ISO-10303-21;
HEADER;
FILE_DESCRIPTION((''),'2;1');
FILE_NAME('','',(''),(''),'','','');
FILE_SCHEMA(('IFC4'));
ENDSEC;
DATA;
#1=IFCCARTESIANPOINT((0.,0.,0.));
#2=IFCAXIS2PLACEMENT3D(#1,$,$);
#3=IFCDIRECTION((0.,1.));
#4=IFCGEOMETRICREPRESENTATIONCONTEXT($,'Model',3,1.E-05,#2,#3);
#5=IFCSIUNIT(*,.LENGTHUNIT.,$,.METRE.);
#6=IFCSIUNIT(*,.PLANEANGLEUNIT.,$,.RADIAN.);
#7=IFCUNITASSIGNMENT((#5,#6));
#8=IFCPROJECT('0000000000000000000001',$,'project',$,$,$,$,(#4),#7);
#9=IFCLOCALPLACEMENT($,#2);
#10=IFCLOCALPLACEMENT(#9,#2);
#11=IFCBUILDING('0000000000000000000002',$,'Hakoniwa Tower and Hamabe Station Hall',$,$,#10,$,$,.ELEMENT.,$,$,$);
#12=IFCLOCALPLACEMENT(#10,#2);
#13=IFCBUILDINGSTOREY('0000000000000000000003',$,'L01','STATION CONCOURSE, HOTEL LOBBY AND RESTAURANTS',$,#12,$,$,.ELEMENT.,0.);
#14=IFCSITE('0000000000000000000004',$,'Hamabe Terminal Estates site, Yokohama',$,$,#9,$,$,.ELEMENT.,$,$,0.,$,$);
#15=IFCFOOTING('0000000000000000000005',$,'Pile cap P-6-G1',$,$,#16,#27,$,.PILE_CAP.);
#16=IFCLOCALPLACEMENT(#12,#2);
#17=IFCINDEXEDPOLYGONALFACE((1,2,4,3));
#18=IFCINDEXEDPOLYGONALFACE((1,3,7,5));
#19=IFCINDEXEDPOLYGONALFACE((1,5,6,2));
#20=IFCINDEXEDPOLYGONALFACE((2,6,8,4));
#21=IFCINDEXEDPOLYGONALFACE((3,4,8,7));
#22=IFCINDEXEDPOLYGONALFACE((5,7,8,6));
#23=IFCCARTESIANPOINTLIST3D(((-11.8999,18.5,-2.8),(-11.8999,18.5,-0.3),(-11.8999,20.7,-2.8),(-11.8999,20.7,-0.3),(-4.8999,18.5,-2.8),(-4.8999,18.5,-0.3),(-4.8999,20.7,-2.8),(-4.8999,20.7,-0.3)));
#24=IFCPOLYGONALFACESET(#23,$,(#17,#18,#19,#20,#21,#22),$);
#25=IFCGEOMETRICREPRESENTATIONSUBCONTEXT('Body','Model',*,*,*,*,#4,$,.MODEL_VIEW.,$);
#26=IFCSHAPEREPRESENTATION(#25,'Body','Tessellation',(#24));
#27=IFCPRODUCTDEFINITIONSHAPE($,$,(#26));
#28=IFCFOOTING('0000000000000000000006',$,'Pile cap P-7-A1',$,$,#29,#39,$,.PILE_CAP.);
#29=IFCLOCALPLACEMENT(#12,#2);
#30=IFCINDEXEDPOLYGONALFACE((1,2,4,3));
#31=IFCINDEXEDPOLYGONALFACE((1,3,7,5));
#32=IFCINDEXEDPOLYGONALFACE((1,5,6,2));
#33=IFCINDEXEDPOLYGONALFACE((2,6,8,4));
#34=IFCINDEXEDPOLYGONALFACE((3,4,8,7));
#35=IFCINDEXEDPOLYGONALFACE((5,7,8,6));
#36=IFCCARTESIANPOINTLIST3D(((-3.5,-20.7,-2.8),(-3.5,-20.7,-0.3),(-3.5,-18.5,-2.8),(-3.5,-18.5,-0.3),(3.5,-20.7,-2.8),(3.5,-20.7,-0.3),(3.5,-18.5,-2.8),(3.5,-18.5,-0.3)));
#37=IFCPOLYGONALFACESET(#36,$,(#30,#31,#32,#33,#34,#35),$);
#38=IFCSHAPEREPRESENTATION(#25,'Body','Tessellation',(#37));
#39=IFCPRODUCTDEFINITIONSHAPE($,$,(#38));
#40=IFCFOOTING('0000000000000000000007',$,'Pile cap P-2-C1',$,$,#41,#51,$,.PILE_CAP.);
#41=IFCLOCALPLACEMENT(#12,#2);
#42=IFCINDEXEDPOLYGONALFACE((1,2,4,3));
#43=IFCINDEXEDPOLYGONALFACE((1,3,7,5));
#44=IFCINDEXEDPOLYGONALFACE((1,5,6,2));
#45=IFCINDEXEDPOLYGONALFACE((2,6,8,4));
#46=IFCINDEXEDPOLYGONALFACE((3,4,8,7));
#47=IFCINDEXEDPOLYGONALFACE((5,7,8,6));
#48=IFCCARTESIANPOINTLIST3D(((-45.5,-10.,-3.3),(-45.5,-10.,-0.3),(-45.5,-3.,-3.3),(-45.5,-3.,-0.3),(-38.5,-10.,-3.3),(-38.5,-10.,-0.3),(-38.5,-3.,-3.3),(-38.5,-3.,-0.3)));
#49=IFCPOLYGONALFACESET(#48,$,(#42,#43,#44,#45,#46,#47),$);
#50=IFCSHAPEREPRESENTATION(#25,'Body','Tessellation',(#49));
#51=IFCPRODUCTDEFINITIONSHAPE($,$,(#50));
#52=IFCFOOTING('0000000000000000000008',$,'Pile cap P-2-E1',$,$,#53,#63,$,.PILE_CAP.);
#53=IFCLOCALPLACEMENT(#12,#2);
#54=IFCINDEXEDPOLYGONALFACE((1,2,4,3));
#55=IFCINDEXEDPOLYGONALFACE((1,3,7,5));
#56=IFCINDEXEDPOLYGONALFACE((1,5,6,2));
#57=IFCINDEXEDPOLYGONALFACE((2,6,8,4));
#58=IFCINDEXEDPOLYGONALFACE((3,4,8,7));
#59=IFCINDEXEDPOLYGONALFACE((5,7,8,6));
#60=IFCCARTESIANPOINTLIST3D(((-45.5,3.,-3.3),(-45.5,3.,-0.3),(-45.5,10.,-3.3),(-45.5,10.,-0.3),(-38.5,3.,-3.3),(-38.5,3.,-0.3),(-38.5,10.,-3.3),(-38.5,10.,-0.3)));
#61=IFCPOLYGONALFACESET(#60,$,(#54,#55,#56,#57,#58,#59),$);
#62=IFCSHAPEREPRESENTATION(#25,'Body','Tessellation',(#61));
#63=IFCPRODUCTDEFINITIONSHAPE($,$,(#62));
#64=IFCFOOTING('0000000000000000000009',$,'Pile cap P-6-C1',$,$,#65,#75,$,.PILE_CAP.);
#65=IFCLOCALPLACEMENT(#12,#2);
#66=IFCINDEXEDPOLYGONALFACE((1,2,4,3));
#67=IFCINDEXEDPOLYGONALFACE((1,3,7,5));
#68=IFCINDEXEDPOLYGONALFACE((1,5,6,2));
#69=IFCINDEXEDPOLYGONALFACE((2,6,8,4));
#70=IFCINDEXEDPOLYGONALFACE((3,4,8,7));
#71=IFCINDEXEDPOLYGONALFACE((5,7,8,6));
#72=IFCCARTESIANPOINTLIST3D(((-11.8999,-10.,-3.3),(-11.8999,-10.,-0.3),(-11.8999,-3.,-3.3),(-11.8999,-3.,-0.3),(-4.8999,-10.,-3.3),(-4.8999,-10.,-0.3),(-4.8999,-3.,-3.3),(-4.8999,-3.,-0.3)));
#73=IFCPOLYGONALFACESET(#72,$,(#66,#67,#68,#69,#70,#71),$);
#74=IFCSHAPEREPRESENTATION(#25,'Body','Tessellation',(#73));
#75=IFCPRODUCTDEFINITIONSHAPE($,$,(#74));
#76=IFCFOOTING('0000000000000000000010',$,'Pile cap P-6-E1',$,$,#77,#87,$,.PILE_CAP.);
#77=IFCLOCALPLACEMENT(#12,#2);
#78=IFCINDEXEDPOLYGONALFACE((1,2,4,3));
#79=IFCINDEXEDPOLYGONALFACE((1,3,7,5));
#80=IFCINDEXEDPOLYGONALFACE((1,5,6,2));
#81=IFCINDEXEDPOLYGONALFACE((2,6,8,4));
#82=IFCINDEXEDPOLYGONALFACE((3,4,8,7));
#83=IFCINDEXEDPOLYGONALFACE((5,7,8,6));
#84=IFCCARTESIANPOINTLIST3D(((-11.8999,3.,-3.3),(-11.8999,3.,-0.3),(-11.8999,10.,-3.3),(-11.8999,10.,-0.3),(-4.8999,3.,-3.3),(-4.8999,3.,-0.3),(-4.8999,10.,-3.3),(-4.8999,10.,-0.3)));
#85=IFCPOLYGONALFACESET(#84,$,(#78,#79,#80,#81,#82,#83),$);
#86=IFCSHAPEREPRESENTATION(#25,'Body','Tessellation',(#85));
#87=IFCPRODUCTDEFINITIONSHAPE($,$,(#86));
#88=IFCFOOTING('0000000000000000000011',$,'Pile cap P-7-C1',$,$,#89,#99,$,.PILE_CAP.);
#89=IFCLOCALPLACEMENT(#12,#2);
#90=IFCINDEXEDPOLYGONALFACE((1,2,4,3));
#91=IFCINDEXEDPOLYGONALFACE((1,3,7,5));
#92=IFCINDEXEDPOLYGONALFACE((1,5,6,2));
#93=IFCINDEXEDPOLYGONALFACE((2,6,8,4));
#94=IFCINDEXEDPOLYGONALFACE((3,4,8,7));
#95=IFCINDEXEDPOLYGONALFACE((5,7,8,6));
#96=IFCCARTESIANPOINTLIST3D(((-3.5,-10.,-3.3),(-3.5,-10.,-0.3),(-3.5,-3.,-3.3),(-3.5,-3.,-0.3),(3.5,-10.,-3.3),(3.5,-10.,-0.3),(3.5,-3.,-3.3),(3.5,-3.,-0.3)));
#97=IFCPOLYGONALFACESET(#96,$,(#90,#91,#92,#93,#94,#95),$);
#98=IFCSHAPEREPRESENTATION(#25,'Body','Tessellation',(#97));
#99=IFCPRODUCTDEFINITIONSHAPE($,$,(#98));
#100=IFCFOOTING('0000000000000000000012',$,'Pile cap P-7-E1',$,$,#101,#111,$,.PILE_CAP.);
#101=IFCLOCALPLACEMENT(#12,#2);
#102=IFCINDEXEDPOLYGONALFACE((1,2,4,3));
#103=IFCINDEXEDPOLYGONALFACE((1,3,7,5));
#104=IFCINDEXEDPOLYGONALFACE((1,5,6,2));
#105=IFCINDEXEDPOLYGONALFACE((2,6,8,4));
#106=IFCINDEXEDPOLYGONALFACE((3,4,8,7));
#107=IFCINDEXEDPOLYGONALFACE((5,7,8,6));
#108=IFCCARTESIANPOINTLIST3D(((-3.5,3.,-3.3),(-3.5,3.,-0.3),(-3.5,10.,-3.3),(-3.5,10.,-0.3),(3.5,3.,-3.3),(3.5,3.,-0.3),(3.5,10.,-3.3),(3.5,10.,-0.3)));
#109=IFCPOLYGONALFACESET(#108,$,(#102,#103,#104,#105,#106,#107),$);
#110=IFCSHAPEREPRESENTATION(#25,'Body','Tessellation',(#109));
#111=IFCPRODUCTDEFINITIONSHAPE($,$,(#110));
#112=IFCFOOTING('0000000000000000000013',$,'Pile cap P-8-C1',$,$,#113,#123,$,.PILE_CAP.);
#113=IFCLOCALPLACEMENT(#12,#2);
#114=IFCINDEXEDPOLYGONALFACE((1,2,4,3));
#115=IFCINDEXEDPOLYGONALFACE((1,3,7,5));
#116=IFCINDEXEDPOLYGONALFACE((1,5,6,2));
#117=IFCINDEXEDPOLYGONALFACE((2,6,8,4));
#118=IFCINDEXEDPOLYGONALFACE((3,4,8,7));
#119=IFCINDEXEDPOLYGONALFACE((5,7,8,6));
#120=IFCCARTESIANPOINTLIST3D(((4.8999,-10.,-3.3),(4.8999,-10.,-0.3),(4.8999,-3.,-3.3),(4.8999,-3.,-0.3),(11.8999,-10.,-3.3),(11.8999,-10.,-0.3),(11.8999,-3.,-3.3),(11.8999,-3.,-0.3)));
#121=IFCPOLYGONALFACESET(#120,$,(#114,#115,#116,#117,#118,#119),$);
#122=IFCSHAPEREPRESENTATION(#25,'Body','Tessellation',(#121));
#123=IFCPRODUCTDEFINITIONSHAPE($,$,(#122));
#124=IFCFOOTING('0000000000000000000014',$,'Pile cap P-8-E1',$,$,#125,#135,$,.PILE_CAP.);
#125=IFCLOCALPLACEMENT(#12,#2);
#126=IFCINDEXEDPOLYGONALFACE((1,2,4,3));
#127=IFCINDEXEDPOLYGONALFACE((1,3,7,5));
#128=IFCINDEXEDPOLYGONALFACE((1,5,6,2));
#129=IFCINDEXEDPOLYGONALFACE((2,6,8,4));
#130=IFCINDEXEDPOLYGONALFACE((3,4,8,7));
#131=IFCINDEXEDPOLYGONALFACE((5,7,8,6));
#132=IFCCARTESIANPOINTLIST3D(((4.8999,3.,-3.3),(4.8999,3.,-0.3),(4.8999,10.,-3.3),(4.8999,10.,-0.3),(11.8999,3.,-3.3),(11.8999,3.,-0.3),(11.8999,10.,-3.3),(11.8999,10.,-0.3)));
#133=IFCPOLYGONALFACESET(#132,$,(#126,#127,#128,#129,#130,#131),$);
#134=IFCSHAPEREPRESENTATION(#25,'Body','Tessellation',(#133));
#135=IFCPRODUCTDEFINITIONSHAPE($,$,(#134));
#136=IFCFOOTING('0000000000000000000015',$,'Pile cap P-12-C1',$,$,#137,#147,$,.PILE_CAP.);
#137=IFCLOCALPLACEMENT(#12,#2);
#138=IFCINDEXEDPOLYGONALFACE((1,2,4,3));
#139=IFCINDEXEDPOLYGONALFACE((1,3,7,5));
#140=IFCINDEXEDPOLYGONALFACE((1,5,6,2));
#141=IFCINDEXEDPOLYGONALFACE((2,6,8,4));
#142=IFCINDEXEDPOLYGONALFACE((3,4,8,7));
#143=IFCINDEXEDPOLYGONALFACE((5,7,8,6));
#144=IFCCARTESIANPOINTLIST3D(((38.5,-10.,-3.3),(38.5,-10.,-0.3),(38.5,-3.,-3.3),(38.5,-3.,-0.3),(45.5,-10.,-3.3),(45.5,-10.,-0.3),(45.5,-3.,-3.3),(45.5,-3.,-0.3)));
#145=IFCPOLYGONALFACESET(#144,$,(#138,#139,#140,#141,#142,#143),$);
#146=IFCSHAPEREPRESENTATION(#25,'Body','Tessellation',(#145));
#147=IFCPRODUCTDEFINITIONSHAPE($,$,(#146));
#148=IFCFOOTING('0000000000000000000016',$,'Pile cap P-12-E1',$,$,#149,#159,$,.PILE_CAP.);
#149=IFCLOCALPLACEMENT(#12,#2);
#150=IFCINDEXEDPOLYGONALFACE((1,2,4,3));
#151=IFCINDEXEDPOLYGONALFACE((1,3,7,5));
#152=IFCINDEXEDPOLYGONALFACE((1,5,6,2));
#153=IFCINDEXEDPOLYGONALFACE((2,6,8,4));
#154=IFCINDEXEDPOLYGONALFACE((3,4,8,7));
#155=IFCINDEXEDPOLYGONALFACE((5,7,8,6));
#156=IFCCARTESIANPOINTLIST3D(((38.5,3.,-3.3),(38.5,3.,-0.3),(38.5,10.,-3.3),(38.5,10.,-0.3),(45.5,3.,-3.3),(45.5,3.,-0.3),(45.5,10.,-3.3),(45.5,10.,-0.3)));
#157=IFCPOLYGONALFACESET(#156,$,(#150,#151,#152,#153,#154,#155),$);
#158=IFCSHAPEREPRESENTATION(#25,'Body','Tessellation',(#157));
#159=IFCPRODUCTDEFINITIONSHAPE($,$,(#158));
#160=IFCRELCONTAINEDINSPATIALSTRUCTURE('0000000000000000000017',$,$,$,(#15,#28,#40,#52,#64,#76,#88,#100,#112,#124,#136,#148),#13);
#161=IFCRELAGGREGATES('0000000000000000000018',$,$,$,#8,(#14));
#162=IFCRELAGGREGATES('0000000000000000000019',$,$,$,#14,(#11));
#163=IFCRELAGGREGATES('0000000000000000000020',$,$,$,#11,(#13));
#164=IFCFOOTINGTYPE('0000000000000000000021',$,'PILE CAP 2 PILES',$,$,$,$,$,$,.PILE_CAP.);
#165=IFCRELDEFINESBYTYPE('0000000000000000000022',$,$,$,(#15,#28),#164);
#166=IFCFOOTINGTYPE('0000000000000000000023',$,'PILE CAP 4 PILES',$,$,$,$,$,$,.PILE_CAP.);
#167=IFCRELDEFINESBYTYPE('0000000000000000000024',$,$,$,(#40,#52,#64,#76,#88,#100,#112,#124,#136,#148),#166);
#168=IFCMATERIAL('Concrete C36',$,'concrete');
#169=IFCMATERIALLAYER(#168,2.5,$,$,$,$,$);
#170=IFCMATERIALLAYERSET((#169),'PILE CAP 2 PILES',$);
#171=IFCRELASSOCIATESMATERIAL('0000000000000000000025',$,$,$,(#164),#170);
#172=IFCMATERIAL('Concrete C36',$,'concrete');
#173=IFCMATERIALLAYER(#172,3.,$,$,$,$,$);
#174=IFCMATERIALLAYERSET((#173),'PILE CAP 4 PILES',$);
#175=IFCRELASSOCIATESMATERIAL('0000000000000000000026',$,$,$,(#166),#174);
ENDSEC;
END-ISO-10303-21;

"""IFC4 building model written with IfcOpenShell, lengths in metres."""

from ifc_helpers import new_model, si_unit, direction, frame, origin, place, context, subcontext, project, spatial, polyline, outline, extrude, material, layer, layer_set, type_object, element, save


model = new_model("IFC4")

# Units and contexts
model_context = context("Model", 3, precision=1e-05, world=origin(), true_north=direction((0.0, 1.0)))
body_context = subcontext(model_context, "Body", "Model", "MODEL_VIEW")
ifc_project = project(units=[si_unit("LENGTHUNIT", "METRE"), si_unit("PLANEANGLEUNIT", "RADIAN")], contexts=[model_context])

# Site, building, storey
site_placement = place(None, origin())
site = spatial("IfcSite", under=ifc_project, at=site_placement, Name="Hamabe Terminal Estates site, Yokohama", CompositionType="ELEMENT", RefElevation=0.0)
building_placement = place(site_placement, origin())
building = spatial("IfcBuilding", under=site, at=building_placement, Name="Hakoniwa Tower and Hamabe Station Hall", CompositionType="ELEMENT")
storey_placement = place(building_placement, origin())
storey = spatial("IfcBuildingStorey", under=building, at=storey_placement, Name="L01", Description="STATION CONCOURSE, HOTEL LOBBY AND RESTAURANTS", CompositionType="ELEMENT", Elevation=0.0)

# Footings
ifc_material_1 = material(Name="Concrete C36", Category="concrete")
ifc_layer_1 = layer(ifc_material_1, 2.5)
ifc_layer_set_1 = layer_set([ifc_layer_1], Name="PILE CAP 2 PILES")
footing_type_1 = type_object("IfcFootingType", Name="PILE CAP 2 PILES", PredefinedType="PILE_CAP", material=ifc_layer_set_1)
footing_1_placement = place(storey_placement, frame((0.0, 0.0, -2.8)))
element("IfcFooting", 1, at=footing_1_placement, inside=storey, type_object=footing_type_1, Name="Pile cap P-6-G1", PredefinedType="PILE_CAP", context=body_context, shape_type="SweptSolid", body=[
    extrude(outline(polyline([(-4.8999, 18.5), (-4.8999, 20.7), (-11.8999, 20.7), (-11.8999, 18.5), (-4.8999, 18.5)])), origin(), (0.0, 0.0, 1.0), 2.5),
])
footing_2_placement = place(storey_placement, frame((0.0, 0.0, -2.8)))
element("IfcFooting", 2, at=footing_2_placement, inside=storey, type_object=footing_type_1, Name="Pile cap P-7-A1", PredefinedType="PILE_CAP", context=body_context, shape_type="SweptSolid", body=[
    extrude(outline(polyline([(3.5, -20.7), (3.5, -18.5), (-3.5, -18.5), (-3.5, -20.7), (3.5, -20.7)])), origin(), (0.0, 0.0, 1.0), 2.5),
])
ifc_material_2 = material(Name="Concrete C36", Category="concrete")
ifc_layer_2 = layer(ifc_material_2, 3.0)
ifc_layer_set_2 = layer_set([ifc_layer_2], Name="PILE CAP 4 PILES")
footing_type_2 = type_object("IfcFootingType", Name="PILE CAP 4 PILES", PredefinedType="PILE_CAP", material=ifc_layer_set_2)
footing_3_placement = place(storey_placement, frame((0.0, 0.0, -3.3)))
element("IfcFooting", 3, at=footing_3_placement, inside=storey, type_object=footing_type_2, Name="Pile cap P-2-C1", PredefinedType="PILE_CAP", context=body_context, shape_type="SweptSolid", body=[
    extrude(outline(polyline([(-38.5, -10.0), (-38.5, -3.0), (-45.5, -3.0), (-45.5, -10.0), (-38.5, -10.0)])), origin(), (0.0, 0.0, 1.0), 3.0),
])
footing_4_placement = place(storey_placement, frame((0.0, 0.0, -3.3)))
element("IfcFooting", 4, at=footing_4_placement, inside=storey, type_object=footing_type_2, Name="Pile cap P-2-E1", PredefinedType="PILE_CAP", context=body_context, shape_type="SweptSolid", body=[
    extrude(outline(polyline([(-38.5, 3.0), (-38.5, 10.0), (-45.5, 10.0), (-45.5, 3.0), (-38.5, 3.0)])), origin(), (0.0, 0.0, 1.0), 3.0),
])
footing_5_placement = place(storey_placement, frame((0.0, 0.0, -3.3)))
element("IfcFooting", 5, at=footing_5_placement, inside=storey, type_object=footing_type_2, Name="Pile cap P-6-C1", PredefinedType="PILE_CAP", context=body_context, shape_type="SweptSolid", body=[
    extrude(outline(polyline([(-4.8999, -10.0), (-4.8999, -3.0), (-11.8999, -3.0), (-11.8999, -10.0), (-4.8999, -10.0)])), origin(), (0.0, 0.0, 1.0), 3.0),
])
footing_6_placement = place(storey_placement, frame((0.0, 0.0, -3.3)))
element("IfcFooting", 6, at=footing_6_placement, inside=storey, type_object=footing_type_2, Name="Pile cap P-6-E1", PredefinedType="PILE_CAP", context=body_context, shape_type="SweptSolid", body=[
    extrude(outline(polyline([(-4.8999, 3.0), (-4.8999, 10.0), (-11.8999, 10.0), (-11.8999, 3.0), (-4.8999, 3.0)])), origin(), (0.0, 0.0, 1.0), 3.0),
])
footing_7_placement = place(storey_placement, frame((0.0, 0.0, -3.3)))
element("IfcFooting", 7, at=footing_7_placement, inside=storey, type_object=footing_type_2, Name="Pile cap P-7-C1", PredefinedType="PILE_CAP", context=body_context, shape_type="SweptSolid", body=[
    extrude(outline(polyline([(3.5, -10.0), (3.5, -3.0), (-3.5, -3.0), (-3.5, -10.0), (3.5, -10.0)])), origin(), (0.0, 0.0, 1.0), 3.0),
])
footing_8_placement = place(storey_placement, frame((0.0, 0.0, -3.3)))
element("IfcFooting", 8, at=footing_8_placement, inside=storey, type_object=footing_type_2, Name="Pile cap P-7-E1", PredefinedType="PILE_CAP", context=body_context, shape_type="SweptSolid", body=[
    extrude(outline(polyline([(3.5, 3.0), (3.5, 10.0), (-3.5, 10.0), (-3.5, 3.0), (3.5, 3.0)])), origin(), (0.0, 0.0, 1.0), 3.0),
])
footing_9_placement = place(storey_placement, frame((0.0, 0.0, -3.3)))
element("IfcFooting", 9, at=footing_9_placement, inside=storey, type_object=footing_type_2, Name="Pile cap P-8-C1", PredefinedType="PILE_CAP", context=body_context, shape_type="SweptSolid", body=[
    extrude(outline(polyline([(11.8999, -10.0), (11.8999, -3.0), (4.8999, -3.0), (4.8999, -10.0), (11.8999, -10.0)])), origin(), (0.0, 0.0, 1.0), 3.0),
])
footing_10_placement = place(storey_placement, frame((0.0, 0.0, -3.3)))
element("IfcFooting", 10, at=footing_10_placement, inside=storey, type_object=footing_type_2, Name="Pile cap P-8-E1", PredefinedType="PILE_CAP", context=body_context, shape_type="SweptSolid", body=[
    extrude(outline(polyline([(11.8999, 3.0), (11.8999, 10.0), (4.8999, 10.0), (4.8999, 3.0), (11.8999, 3.0)])), origin(), (0.0, 0.0, 1.0), 3.0),
])
footing_11_placement = place(storey_placement, frame((0.0, 0.0, -3.3)))
element("IfcFooting", 11, at=footing_11_placement, inside=storey, type_object=footing_type_2, Name="Pile cap P-12-C1", PredefinedType="PILE_CAP", context=body_context, shape_type="SweptSolid", body=[
    extrude(outline(polyline([(45.5, -10.0), (45.5, -3.0), (38.5, -3.0), (38.5, -10.0), (45.5, -10.0)])), origin(), (0.0, 0.0, 1.0), 3.0),
])
footing_12_placement = place(storey_placement, frame((0.0, 0.0, -3.3)))
element("IfcFooting", 12, at=footing_12_placement, inside=storey, type_object=footing_type_2, Name="Pile cap P-12-E1", PredefinedType="PILE_CAP", context=body_context, shape_type="SweptSolid", body=[
    extrude(outline(polyline([(45.5, 3.0), (45.5, 10.0), (38.5, 10.0), (38.5, 3.0), (45.5, 3.0)])), origin(), (0.0, 0.0, 1.0), 3.0),
])

save(model, "model.ifc")
